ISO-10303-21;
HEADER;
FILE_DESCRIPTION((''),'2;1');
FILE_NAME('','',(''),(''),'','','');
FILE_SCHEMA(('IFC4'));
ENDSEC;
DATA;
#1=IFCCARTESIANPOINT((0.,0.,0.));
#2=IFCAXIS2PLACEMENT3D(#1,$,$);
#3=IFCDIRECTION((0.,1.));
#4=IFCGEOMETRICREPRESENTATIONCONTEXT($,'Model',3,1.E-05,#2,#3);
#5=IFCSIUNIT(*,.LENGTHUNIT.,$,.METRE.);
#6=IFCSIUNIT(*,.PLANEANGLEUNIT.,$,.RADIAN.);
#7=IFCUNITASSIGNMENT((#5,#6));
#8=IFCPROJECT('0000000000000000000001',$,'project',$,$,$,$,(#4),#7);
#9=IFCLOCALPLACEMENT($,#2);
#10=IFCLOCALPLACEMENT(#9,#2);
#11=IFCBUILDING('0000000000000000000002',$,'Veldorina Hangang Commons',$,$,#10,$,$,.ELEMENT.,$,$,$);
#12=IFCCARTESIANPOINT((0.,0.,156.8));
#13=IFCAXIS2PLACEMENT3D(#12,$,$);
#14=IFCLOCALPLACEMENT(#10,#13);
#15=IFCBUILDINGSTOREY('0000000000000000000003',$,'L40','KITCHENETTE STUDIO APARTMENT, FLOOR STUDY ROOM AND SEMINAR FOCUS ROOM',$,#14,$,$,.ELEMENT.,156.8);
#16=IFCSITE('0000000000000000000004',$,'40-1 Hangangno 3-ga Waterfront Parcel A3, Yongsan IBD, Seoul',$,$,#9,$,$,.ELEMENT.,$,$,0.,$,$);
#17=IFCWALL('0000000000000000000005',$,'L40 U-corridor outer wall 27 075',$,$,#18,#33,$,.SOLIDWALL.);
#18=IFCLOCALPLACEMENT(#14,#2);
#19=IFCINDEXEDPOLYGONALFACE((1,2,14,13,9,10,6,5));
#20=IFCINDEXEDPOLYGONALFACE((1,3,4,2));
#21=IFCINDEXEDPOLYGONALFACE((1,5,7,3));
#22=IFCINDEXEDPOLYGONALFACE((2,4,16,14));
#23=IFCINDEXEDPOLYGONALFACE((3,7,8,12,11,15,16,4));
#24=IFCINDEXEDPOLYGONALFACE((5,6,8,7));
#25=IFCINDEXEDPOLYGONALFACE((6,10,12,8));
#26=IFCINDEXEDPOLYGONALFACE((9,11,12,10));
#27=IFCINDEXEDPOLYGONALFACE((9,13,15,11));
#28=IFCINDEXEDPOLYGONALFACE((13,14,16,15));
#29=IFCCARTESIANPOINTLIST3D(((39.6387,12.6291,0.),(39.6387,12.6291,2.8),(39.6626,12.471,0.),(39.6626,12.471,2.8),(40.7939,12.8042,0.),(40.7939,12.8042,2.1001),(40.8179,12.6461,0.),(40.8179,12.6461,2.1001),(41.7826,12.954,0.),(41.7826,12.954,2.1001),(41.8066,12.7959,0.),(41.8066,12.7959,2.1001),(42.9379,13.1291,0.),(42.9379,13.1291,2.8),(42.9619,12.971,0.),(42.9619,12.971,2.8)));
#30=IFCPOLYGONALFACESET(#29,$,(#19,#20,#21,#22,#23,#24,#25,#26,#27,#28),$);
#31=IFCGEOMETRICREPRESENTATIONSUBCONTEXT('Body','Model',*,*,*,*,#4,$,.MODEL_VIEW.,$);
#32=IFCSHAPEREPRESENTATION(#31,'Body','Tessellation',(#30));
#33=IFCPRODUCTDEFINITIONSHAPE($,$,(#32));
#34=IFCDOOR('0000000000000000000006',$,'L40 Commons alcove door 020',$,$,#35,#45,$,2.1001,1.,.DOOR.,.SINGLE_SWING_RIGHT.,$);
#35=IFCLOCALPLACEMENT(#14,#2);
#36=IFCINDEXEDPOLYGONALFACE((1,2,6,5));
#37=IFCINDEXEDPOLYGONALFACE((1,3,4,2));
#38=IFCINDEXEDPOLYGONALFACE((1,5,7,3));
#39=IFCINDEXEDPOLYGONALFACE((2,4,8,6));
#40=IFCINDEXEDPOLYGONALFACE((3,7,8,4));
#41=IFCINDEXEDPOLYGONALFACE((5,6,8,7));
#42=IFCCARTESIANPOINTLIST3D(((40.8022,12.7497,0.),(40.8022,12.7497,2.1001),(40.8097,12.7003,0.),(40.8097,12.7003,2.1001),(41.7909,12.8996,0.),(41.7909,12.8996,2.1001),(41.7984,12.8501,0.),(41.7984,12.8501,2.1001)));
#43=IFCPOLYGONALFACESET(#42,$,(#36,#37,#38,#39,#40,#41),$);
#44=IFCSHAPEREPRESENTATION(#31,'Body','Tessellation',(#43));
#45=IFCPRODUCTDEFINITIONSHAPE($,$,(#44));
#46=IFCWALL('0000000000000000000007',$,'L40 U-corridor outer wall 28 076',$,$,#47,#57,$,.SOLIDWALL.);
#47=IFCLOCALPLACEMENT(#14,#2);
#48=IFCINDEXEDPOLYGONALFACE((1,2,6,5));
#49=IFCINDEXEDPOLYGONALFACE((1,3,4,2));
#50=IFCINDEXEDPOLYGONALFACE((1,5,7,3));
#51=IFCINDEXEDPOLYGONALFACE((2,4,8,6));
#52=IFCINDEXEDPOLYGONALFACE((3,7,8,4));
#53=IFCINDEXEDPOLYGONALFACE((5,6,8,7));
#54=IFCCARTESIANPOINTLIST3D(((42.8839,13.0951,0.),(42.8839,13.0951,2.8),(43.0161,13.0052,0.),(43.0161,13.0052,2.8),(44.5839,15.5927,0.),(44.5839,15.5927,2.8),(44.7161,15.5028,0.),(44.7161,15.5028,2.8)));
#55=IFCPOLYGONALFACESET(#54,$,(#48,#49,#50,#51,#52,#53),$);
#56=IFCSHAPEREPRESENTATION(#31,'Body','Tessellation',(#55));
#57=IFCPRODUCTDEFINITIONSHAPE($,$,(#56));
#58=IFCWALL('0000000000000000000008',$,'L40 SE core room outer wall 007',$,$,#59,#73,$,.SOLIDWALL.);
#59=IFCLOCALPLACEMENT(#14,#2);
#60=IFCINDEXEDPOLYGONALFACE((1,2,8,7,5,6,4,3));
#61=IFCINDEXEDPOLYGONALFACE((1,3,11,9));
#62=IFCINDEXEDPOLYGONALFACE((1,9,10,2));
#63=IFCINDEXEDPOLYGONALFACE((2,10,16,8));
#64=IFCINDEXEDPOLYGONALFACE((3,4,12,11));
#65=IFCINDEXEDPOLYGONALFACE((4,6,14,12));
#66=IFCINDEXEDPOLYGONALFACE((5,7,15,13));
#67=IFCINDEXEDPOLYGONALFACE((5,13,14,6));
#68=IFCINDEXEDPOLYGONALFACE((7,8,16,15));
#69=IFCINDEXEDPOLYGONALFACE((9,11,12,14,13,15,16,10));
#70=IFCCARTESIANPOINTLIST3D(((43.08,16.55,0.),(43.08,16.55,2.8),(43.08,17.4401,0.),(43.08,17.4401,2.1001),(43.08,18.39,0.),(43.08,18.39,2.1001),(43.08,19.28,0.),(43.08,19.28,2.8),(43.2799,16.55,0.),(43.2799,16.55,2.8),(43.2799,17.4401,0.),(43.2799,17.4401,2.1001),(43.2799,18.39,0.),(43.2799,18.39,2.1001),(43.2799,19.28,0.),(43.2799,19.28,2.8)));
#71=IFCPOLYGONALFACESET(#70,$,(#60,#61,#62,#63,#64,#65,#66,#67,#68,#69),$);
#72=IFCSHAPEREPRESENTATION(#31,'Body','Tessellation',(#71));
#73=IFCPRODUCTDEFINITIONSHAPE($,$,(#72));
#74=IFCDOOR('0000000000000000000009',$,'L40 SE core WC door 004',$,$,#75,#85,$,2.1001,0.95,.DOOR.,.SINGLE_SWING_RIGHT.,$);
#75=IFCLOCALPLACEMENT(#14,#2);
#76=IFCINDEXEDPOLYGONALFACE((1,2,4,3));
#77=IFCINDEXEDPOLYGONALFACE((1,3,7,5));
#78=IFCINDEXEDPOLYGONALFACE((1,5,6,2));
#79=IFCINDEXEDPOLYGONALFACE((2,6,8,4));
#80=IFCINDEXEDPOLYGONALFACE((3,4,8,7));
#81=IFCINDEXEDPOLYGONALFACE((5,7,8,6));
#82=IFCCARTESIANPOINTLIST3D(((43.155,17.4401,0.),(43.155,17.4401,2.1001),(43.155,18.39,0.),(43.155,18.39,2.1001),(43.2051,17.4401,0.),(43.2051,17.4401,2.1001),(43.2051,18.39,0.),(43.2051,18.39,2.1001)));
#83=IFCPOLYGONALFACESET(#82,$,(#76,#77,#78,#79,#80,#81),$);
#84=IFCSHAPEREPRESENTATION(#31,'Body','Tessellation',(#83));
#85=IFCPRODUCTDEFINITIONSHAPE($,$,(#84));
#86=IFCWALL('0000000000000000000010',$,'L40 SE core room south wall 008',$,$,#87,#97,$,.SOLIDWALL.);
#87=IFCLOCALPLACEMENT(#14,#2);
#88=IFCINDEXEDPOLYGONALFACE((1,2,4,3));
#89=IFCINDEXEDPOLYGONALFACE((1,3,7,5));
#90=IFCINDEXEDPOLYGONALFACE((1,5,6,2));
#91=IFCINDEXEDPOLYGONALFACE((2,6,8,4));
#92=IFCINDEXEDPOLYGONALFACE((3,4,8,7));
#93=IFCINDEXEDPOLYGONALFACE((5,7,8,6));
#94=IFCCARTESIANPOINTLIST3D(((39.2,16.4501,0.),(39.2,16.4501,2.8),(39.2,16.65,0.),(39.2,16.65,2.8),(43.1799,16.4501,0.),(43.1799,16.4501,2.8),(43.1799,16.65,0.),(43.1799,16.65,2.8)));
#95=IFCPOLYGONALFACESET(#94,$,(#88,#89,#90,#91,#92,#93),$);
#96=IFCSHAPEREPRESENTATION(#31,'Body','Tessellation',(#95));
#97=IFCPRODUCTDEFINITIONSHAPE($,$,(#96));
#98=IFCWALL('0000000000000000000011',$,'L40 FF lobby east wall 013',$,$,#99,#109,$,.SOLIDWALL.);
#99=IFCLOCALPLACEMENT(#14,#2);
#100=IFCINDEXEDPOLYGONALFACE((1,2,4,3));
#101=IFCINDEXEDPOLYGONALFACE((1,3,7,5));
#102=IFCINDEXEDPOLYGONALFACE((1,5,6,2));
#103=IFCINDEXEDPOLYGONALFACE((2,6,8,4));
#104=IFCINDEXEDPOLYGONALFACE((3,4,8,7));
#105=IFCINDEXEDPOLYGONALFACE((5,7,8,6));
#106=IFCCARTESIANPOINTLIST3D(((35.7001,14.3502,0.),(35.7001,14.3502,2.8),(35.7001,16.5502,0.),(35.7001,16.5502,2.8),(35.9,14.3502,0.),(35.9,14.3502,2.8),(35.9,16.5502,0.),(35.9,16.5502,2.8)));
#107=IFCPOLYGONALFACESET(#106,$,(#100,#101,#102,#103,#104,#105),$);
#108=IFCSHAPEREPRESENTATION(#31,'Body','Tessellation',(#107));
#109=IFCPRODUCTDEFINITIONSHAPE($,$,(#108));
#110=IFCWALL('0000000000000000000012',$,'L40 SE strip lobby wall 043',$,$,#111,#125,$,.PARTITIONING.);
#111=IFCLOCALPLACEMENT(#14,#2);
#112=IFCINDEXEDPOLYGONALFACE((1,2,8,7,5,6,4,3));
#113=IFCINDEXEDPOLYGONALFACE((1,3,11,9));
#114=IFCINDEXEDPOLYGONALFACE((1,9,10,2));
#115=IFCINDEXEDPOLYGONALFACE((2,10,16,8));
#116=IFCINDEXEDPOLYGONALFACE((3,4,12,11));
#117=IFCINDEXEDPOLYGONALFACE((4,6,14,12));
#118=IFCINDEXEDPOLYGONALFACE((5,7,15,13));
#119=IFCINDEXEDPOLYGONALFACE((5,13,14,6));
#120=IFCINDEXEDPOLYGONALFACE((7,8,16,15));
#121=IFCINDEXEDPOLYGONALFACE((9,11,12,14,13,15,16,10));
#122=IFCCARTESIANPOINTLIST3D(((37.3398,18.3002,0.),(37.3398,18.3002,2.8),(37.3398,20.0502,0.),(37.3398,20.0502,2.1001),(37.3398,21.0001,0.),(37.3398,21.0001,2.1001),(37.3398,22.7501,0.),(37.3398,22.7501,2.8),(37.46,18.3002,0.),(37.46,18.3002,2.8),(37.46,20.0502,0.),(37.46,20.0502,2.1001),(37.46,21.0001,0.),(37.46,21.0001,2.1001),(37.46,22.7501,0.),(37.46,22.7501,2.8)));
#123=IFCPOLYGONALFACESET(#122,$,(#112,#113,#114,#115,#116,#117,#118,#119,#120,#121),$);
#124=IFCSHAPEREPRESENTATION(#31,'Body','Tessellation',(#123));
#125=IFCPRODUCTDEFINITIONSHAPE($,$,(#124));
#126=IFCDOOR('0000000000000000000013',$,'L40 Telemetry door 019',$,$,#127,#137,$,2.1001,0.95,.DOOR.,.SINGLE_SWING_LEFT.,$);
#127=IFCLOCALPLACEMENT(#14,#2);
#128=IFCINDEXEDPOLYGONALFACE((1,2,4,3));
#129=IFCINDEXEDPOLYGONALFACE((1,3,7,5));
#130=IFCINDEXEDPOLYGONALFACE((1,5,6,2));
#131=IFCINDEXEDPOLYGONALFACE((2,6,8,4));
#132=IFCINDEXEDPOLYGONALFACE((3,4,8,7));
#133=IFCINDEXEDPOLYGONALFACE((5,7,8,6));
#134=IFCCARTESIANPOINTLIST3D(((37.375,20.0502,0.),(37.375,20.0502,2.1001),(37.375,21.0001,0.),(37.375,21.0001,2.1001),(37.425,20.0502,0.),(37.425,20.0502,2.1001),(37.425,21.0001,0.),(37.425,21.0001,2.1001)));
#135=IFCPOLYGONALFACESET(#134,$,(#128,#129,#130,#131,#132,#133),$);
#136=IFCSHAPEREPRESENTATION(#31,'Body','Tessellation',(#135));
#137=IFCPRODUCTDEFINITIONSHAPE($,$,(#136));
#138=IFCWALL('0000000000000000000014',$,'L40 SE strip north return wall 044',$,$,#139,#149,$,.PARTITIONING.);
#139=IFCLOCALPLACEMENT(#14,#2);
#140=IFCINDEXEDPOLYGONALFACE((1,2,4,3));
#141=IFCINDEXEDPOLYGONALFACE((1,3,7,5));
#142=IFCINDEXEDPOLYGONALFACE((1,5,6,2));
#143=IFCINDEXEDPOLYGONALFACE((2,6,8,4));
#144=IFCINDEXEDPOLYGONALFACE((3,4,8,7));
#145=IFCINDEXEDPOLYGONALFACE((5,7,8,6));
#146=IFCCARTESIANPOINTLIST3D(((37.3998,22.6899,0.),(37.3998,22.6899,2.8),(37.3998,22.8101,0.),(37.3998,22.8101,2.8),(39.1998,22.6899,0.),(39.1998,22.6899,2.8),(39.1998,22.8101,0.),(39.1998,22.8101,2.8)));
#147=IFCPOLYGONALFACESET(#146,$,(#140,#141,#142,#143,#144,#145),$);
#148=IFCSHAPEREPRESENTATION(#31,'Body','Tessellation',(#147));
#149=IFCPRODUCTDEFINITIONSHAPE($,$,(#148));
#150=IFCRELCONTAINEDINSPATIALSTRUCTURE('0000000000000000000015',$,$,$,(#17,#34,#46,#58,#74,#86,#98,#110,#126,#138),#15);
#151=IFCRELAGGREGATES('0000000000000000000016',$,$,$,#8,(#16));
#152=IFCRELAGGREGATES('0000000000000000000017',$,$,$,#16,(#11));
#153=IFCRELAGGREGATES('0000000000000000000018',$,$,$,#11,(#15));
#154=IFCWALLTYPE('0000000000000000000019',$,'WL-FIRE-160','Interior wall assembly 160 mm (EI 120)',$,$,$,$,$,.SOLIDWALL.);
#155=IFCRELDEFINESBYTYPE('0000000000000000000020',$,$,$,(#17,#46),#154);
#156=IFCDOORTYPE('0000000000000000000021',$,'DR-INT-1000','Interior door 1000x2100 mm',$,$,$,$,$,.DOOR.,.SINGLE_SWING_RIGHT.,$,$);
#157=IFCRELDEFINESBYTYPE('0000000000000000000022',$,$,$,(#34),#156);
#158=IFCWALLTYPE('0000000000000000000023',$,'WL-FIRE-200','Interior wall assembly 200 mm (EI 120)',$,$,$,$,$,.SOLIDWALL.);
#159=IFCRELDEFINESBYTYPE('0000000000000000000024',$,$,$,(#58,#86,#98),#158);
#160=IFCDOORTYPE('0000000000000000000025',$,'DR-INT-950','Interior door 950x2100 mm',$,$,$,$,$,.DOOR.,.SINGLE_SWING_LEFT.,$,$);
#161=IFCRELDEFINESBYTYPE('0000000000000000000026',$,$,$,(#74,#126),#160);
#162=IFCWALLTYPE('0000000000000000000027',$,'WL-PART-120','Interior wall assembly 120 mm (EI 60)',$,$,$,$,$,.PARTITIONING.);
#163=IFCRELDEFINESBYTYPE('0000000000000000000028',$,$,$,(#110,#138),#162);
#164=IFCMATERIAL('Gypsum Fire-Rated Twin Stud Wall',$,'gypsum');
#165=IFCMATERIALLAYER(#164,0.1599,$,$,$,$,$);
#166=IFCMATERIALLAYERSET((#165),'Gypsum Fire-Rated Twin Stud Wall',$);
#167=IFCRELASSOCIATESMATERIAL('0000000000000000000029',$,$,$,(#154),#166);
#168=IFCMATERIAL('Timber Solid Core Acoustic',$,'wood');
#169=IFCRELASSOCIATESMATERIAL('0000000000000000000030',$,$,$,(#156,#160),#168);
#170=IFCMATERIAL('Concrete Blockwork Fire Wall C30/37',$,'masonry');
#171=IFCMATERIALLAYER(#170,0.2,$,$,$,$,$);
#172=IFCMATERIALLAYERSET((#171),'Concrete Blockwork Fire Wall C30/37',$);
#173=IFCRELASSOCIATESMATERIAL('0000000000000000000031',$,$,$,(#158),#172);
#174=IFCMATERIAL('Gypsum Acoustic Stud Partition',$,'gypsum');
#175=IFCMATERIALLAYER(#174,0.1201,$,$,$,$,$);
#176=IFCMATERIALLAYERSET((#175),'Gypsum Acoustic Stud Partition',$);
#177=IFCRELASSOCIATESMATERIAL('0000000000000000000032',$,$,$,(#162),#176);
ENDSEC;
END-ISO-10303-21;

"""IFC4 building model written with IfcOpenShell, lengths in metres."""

from ifc_helpers import new_model, si_unit, direction, frame, frame_2d, origin, place, context, subcontext, project, spatial, rectangle, extrude, material, layer, layer_set, type_object, element, fill, save


model = new_model("IFC4")

# Units and contexts
model_context = context("Model", 3, precision=1e-05, world=origin(), true_north=direction((0.0, 1.0)))
body_context = subcontext(model_context, "Body", "Model", "MODEL_VIEW")
ifc_project = project(units=[si_unit("LENGTHUNIT", "METRE"), si_unit("PLANEANGLEUNIT", "RADIAN")], contexts=[model_context])

# Site, building, storey
site_placement = place(None, origin())
site = spatial("IfcSite", under=ifc_project, at=site_placement, Name="40-1 Hangangno 3-ga Waterfront Parcel A3, Yongsan IBD, Seoul", CompositionType="ELEMENT", RefElevation=0.0)
building_placement = place(site_placement, origin())
building = spatial("IfcBuilding", under=site, at=building_placement, Name="Veldorina Hangang Commons", CompositionType="ELEMENT")
storey_placement = place(building_placement, frame((0.0, 0.0, 156.8)))
storey = spatial("IfcBuildingStorey", under=building, at=storey_placement, Name="L40", Description="KITCHENETTE STUDIO APARTMENT, FLOOR STUDY ROOM AND SEMINAR FOCUS ROOM", CompositionType="ELEMENT", Elevation=156.8)

# Shared definitions
ifc_material_1 = material(Name="Gypsum Fire-Rated Twin Stud Wall", Category="gypsum")
ifc_layer_1 = layer(ifc_material_1, 0.1599)
ifc_layer_set_1 = layer_set([ifc_layer_1], Name="Gypsum Fire-Rated Twin Stud Wall")
wall_type_1 = type_object("IfcWallType", Name="WL-FIRE-160", Description="Interior wall assembly 160 mm (EI 120)", PredefinedType="SOLIDWALL", material=ifc_layer_set_1)

# Wall, opening, door
wall_1_placement = place(storey_placement, frame((39.6506, 12.55, 0.0), z_axis=(0.0, 0.0, 1.0), x_axis=(0.988711, 0.149836, 0.0)))
wall_1 = element("IfcWall", 1, at=wall_1_placement, inside=storey, type_object=wall_type_1, Name="L40 U-corridor outer wall 27 075", PredefinedType="SOLIDWALL", context=body_context, shape_type="SweptSolid", body=[
    extrude(rectangle(XDim=3.3369, YDim=0.1599, at=frame_2d((1.6685, 0.0))), origin(), (0.0, 0.0, 1.0), 2.8),
])
opening_1_placement = place(wall_1_placement, frame((1.1685, 0.0, 0.0)))
opening_1 = element("IfcOpeningElement", 2, at=opening_1_placement, cuts=wall_1, PredefinedType="OPENING", context=body_context, shape_type="SweptSolid", body=[
    extrude(rectangle(XDim=1.0, YDim=2.1001, at=frame_2d((0.5, 1.05))), frame((0.0, 0.0898, 0.0), z_axis=(0.0, -1.0, 0.0), x_axis=(1.0, 0.0, 0.0)), (0.0, 0.0, 1.0), 0.1799),
])
ifc_material_2 = material(Name="Timber Solid Core Acoustic", Category="wood")
door_type_1 = type_object("IfcDoorType", Name="DR-INT-1000", Description="Interior door 1000x2100 mm", OperationType="SINGLE_SWING_RIGHT", PredefinedType="DOOR", material=ifc_material_2)
door_1_placement = place(opening_1_placement, origin())
door_1 = element("IfcDoor", 3, at=door_1_placement, inside=storey, type_object=door_type_1, Name="L40 Commons alcove door 020", OperationType="SINGLE_SWING_RIGHT", OverallHeight=2.1001, OverallWidth=1.0, PredefinedType="DOOR", context=body_context, shape_type="SweptSolid", body=[
    extrude(rectangle(XDim=1.0, YDim=2.1001, at=frame_2d((0.5, 1.05))), frame((0.0, 0.0249, 0.0), z_axis=(0.0, -1.0, 0.0), x_axis=(1.0, 0.0, 0.0)), (0.0, 0.0, 1.0), 0.05),
])
fill(opening_1, door_1)

# Wall
wall_2_placement = place(storey_placement, frame((42.95, 13.05, 0.0), z_axis=(0.0, 0.0, 1.0), x_axis=(0.562675, 0.826678, 0.0)))
element("IfcWall", 4, at=wall_2_placement, inside=storey, type_object=wall_type_1, Name="L40 U-corridor outer wall 28 076", PredefinedType="SOLIDWALL", context=body_context, shape_type="SweptSolid", body=[
    extrude(rectangle(XDim=3.0212, YDim=0.1599, at=frame_2d((1.5107, 0.0))), origin(), (0.0, 0.0, 1.0), 2.8),
])

# Wall, opening, door
ifc_material_3 = material(Name="Concrete Blockwork Fire Wall C30/37", Category="masonry")
ifc_layer_2 = layer(ifc_material_3, 0.2)
ifc_layer_set_2 = layer_set([ifc_layer_2], Name="Concrete Blockwork Fire Wall C30/37")
wall_type_2 = type_object("IfcWallType", Name="WL-FIRE-200", Description="Interior wall assembly 200 mm (EI 120)", PredefinedType="SOLIDWALL", material=ifc_layer_set_2)
wall_3_placement = place(storey_placement, frame((43.1799, 16.55, 0.0), z_axis=(0.0, 0.0, 1.0), x_axis=(0.0, 1.0, 0.0)))
wall_3 = element("IfcWall", 5, at=wall_3_placement, inside=storey, type_object=wall_type_2, Name="L40 SE core room outer wall 007", PredefinedType="SOLIDWALL", context=body_context, shape_type="SweptSolid", body=[
    extrude(rectangle(XDim=2.73, YDim=0.2, at=frame_2d((1.365, 0.0))), origin(), (0.0, 0.0, 1.0), 2.8),
])
opening_2_placement = place(wall_3_placement, frame((0.8899, 0.0, 0.0)))
opening_2 = element("IfcOpeningElement", 6, at=opening_2_placement, cuts=wall_3, PredefinedType="OPENING", context=body_context, shape_type="SweptSolid", body=[
    extrude(rectangle(XDim=0.95, YDim=2.1001, at=frame_2d((0.4751, 1.05))), frame((0.0, 0.1099, 0.0), z_axis=(0.0, -1.0, 0.0), x_axis=(1.0, 0.0, 0.0)), (0.0, 0.0, 1.0), 0.22),
])
door_type_2 = type_object("IfcDoorType", Name="DR-INT-950", Description="Interior door 950x2100 mm", OperationType="SINGLE_SWING_LEFT", PredefinedType="DOOR", material=ifc_material_2)
door_2_placement = place(opening_2_placement, origin())
door_2 = element("IfcDoor", 7, at=door_2_placement, inside=storey, type_object=door_type_2, Name="L40 SE core WC door 004", OperationType="SINGLE_SWING_RIGHT", OverallHeight=2.1001, OverallWidth=0.95, PredefinedType="DOOR", context=body_context, shape_type="SweptSolid", body=[
    extrude(rectangle(XDim=0.95, YDim=2.1001, at=frame_2d((0.4751, 1.05))), frame((0.0, 0.0249, 0.0), z_axis=(0.0, -1.0, 0.0), x_axis=(1.0, 0.0, 0.0)), (0.0, 0.0, 1.0), 0.05),
])
fill(opening_2, door_2)

# Walls
wall_4_placement = place(storey_placement, frame((39.2, 16.55, 0.0), z_axis=(0.0, 0.0, 1.0), x_axis=(1.0, 0.0, 0.0)))
element("IfcWall", 8, at=wall_4_placement, inside=storey, type_object=wall_type_2, Name="L40 SE core room south wall 008", PredefinedType="SOLIDWALL", context=body_context, shape_type="SweptSolid", body=[
    extrude(rectangle(XDim=3.98, YDim=0.2, at=frame_2d((1.99, 0.0))), origin(), (0.0, 0.0, 1.0), 2.8),
])
wall_5_placement = place(storey_placement, frame((35.8, 14.3501, 0.0), z_axis=(0.0, 0.0, 1.0), x_axis=(0.0, 1.0, 0.0)))
element("IfcWall", 9, at=wall_5_placement, inside=storey, type_object=wall_type_2, Name="L40 FF lobby east wall 013", PredefinedType="SOLIDWALL", context=body_context, shape_type="SweptSolid", body=[
    extrude(rectangle(XDim=2.2, YDim=0.2, at=frame_2d((1.1001, 0.0))), origin(), (0.0, 0.0, 1.0), 2.8),
])

# Wall, opening, door
ifc_material_4 = material(Name="Gypsum Acoustic Stud Partition", Category="gypsum")
ifc_layer_3 = layer(ifc_material_4, 0.1201)
ifc_layer_set_3 = layer_set([ifc_layer_3], Name="Gypsum Acoustic Stud Partition")
wall_type_3 = type_object("IfcWallType", Name="WL-PART-120", Description="Interior wall assembly 120 mm (EI 60)", PredefinedType="PARTITIONING", material=ifc_layer_set_3)
wall_6_placement = place(storey_placement, frame((37.3999, 18.3, 0.0), z_axis=(0.0, 0.0, 1.0), x_axis=(0.0, 1.0, 0.0)))
wall_6 = element("IfcWall", 10, at=wall_6_placement, inside=storey, type_object=wall_type_3, Name="L40 SE strip lobby wall 043", PredefinedType="PARTITIONING", context=body_context, shape_type="SweptSolid", body=[
    extrude(rectangle(XDim=4.45, YDim=0.1201, at=frame_2d((2.2251, 0.0))), origin(), (0.0, 0.0, 1.0), 2.8),
])
opening_3_placement = place(wall_6_placement, frame((1.75, 0.0, 0.0)))
opening_3 = element("IfcOpeningElement", 11, at=opening_3_placement, cuts=wall_6, PredefinedType="OPENING", context=body_context, shape_type="SweptSolid", body=[
    extrude(rectangle(XDim=0.95, YDim=2.1001, at=frame_2d((0.4751, 1.05))), frame((0.0, 0.0701, 0.0), z_axis=(0.0, -1.0, 0.0), x_axis=(1.0, 0.0, 0.0)), (0.0, 0.0, 1.0), 0.1401),
])
door_3_placement = place(opening_3_placement, origin())
door_3 = element("IfcDoor", 12, at=door_3_placement, inside=storey, type_object=door_type_2, Name="L40 Telemetry door 019", OperationType="SINGLE_SWING_LEFT", OverallHeight=2.1001, OverallWidth=0.95, PredefinedType="DOOR", context=body_context, shape_type="SweptSolid", body=[
    extrude(rectangle(XDim=0.95, YDim=2.1001, at=frame_2d((0.4751, 1.05))), frame((0.0, 0.0249, 0.0), z_axis=(0.0, -1.0, 0.0), x_axis=(1.0, 0.0, 0.0)), (0.0, 0.0, 1.0), 0.05),
])
fill(opening_3, door_3)

# Wall
wall_7_placement = place(storey_placement, frame((37.3999, 22.75, 0.0), z_axis=(0.0, 0.0, 1.0), x_axis=(1.0, 0.0, 0.0)))
element("IfcWall", 13, at=wall_7_placement, inside=storey, type_object=wall_type_3, Name="L40 SE strip north return wall 044", PredefinedType="PARTITIONING", context=body_context, shape_type="SweptSolid", body=[
    extrude(rectangle(XDim=1.8, YDim=0.1201, at=frame_2d((0.8999, 0.0))), origin(), (0.0, 0.0, 1.0), 2.8),
])

save(model, "model.ifc")
